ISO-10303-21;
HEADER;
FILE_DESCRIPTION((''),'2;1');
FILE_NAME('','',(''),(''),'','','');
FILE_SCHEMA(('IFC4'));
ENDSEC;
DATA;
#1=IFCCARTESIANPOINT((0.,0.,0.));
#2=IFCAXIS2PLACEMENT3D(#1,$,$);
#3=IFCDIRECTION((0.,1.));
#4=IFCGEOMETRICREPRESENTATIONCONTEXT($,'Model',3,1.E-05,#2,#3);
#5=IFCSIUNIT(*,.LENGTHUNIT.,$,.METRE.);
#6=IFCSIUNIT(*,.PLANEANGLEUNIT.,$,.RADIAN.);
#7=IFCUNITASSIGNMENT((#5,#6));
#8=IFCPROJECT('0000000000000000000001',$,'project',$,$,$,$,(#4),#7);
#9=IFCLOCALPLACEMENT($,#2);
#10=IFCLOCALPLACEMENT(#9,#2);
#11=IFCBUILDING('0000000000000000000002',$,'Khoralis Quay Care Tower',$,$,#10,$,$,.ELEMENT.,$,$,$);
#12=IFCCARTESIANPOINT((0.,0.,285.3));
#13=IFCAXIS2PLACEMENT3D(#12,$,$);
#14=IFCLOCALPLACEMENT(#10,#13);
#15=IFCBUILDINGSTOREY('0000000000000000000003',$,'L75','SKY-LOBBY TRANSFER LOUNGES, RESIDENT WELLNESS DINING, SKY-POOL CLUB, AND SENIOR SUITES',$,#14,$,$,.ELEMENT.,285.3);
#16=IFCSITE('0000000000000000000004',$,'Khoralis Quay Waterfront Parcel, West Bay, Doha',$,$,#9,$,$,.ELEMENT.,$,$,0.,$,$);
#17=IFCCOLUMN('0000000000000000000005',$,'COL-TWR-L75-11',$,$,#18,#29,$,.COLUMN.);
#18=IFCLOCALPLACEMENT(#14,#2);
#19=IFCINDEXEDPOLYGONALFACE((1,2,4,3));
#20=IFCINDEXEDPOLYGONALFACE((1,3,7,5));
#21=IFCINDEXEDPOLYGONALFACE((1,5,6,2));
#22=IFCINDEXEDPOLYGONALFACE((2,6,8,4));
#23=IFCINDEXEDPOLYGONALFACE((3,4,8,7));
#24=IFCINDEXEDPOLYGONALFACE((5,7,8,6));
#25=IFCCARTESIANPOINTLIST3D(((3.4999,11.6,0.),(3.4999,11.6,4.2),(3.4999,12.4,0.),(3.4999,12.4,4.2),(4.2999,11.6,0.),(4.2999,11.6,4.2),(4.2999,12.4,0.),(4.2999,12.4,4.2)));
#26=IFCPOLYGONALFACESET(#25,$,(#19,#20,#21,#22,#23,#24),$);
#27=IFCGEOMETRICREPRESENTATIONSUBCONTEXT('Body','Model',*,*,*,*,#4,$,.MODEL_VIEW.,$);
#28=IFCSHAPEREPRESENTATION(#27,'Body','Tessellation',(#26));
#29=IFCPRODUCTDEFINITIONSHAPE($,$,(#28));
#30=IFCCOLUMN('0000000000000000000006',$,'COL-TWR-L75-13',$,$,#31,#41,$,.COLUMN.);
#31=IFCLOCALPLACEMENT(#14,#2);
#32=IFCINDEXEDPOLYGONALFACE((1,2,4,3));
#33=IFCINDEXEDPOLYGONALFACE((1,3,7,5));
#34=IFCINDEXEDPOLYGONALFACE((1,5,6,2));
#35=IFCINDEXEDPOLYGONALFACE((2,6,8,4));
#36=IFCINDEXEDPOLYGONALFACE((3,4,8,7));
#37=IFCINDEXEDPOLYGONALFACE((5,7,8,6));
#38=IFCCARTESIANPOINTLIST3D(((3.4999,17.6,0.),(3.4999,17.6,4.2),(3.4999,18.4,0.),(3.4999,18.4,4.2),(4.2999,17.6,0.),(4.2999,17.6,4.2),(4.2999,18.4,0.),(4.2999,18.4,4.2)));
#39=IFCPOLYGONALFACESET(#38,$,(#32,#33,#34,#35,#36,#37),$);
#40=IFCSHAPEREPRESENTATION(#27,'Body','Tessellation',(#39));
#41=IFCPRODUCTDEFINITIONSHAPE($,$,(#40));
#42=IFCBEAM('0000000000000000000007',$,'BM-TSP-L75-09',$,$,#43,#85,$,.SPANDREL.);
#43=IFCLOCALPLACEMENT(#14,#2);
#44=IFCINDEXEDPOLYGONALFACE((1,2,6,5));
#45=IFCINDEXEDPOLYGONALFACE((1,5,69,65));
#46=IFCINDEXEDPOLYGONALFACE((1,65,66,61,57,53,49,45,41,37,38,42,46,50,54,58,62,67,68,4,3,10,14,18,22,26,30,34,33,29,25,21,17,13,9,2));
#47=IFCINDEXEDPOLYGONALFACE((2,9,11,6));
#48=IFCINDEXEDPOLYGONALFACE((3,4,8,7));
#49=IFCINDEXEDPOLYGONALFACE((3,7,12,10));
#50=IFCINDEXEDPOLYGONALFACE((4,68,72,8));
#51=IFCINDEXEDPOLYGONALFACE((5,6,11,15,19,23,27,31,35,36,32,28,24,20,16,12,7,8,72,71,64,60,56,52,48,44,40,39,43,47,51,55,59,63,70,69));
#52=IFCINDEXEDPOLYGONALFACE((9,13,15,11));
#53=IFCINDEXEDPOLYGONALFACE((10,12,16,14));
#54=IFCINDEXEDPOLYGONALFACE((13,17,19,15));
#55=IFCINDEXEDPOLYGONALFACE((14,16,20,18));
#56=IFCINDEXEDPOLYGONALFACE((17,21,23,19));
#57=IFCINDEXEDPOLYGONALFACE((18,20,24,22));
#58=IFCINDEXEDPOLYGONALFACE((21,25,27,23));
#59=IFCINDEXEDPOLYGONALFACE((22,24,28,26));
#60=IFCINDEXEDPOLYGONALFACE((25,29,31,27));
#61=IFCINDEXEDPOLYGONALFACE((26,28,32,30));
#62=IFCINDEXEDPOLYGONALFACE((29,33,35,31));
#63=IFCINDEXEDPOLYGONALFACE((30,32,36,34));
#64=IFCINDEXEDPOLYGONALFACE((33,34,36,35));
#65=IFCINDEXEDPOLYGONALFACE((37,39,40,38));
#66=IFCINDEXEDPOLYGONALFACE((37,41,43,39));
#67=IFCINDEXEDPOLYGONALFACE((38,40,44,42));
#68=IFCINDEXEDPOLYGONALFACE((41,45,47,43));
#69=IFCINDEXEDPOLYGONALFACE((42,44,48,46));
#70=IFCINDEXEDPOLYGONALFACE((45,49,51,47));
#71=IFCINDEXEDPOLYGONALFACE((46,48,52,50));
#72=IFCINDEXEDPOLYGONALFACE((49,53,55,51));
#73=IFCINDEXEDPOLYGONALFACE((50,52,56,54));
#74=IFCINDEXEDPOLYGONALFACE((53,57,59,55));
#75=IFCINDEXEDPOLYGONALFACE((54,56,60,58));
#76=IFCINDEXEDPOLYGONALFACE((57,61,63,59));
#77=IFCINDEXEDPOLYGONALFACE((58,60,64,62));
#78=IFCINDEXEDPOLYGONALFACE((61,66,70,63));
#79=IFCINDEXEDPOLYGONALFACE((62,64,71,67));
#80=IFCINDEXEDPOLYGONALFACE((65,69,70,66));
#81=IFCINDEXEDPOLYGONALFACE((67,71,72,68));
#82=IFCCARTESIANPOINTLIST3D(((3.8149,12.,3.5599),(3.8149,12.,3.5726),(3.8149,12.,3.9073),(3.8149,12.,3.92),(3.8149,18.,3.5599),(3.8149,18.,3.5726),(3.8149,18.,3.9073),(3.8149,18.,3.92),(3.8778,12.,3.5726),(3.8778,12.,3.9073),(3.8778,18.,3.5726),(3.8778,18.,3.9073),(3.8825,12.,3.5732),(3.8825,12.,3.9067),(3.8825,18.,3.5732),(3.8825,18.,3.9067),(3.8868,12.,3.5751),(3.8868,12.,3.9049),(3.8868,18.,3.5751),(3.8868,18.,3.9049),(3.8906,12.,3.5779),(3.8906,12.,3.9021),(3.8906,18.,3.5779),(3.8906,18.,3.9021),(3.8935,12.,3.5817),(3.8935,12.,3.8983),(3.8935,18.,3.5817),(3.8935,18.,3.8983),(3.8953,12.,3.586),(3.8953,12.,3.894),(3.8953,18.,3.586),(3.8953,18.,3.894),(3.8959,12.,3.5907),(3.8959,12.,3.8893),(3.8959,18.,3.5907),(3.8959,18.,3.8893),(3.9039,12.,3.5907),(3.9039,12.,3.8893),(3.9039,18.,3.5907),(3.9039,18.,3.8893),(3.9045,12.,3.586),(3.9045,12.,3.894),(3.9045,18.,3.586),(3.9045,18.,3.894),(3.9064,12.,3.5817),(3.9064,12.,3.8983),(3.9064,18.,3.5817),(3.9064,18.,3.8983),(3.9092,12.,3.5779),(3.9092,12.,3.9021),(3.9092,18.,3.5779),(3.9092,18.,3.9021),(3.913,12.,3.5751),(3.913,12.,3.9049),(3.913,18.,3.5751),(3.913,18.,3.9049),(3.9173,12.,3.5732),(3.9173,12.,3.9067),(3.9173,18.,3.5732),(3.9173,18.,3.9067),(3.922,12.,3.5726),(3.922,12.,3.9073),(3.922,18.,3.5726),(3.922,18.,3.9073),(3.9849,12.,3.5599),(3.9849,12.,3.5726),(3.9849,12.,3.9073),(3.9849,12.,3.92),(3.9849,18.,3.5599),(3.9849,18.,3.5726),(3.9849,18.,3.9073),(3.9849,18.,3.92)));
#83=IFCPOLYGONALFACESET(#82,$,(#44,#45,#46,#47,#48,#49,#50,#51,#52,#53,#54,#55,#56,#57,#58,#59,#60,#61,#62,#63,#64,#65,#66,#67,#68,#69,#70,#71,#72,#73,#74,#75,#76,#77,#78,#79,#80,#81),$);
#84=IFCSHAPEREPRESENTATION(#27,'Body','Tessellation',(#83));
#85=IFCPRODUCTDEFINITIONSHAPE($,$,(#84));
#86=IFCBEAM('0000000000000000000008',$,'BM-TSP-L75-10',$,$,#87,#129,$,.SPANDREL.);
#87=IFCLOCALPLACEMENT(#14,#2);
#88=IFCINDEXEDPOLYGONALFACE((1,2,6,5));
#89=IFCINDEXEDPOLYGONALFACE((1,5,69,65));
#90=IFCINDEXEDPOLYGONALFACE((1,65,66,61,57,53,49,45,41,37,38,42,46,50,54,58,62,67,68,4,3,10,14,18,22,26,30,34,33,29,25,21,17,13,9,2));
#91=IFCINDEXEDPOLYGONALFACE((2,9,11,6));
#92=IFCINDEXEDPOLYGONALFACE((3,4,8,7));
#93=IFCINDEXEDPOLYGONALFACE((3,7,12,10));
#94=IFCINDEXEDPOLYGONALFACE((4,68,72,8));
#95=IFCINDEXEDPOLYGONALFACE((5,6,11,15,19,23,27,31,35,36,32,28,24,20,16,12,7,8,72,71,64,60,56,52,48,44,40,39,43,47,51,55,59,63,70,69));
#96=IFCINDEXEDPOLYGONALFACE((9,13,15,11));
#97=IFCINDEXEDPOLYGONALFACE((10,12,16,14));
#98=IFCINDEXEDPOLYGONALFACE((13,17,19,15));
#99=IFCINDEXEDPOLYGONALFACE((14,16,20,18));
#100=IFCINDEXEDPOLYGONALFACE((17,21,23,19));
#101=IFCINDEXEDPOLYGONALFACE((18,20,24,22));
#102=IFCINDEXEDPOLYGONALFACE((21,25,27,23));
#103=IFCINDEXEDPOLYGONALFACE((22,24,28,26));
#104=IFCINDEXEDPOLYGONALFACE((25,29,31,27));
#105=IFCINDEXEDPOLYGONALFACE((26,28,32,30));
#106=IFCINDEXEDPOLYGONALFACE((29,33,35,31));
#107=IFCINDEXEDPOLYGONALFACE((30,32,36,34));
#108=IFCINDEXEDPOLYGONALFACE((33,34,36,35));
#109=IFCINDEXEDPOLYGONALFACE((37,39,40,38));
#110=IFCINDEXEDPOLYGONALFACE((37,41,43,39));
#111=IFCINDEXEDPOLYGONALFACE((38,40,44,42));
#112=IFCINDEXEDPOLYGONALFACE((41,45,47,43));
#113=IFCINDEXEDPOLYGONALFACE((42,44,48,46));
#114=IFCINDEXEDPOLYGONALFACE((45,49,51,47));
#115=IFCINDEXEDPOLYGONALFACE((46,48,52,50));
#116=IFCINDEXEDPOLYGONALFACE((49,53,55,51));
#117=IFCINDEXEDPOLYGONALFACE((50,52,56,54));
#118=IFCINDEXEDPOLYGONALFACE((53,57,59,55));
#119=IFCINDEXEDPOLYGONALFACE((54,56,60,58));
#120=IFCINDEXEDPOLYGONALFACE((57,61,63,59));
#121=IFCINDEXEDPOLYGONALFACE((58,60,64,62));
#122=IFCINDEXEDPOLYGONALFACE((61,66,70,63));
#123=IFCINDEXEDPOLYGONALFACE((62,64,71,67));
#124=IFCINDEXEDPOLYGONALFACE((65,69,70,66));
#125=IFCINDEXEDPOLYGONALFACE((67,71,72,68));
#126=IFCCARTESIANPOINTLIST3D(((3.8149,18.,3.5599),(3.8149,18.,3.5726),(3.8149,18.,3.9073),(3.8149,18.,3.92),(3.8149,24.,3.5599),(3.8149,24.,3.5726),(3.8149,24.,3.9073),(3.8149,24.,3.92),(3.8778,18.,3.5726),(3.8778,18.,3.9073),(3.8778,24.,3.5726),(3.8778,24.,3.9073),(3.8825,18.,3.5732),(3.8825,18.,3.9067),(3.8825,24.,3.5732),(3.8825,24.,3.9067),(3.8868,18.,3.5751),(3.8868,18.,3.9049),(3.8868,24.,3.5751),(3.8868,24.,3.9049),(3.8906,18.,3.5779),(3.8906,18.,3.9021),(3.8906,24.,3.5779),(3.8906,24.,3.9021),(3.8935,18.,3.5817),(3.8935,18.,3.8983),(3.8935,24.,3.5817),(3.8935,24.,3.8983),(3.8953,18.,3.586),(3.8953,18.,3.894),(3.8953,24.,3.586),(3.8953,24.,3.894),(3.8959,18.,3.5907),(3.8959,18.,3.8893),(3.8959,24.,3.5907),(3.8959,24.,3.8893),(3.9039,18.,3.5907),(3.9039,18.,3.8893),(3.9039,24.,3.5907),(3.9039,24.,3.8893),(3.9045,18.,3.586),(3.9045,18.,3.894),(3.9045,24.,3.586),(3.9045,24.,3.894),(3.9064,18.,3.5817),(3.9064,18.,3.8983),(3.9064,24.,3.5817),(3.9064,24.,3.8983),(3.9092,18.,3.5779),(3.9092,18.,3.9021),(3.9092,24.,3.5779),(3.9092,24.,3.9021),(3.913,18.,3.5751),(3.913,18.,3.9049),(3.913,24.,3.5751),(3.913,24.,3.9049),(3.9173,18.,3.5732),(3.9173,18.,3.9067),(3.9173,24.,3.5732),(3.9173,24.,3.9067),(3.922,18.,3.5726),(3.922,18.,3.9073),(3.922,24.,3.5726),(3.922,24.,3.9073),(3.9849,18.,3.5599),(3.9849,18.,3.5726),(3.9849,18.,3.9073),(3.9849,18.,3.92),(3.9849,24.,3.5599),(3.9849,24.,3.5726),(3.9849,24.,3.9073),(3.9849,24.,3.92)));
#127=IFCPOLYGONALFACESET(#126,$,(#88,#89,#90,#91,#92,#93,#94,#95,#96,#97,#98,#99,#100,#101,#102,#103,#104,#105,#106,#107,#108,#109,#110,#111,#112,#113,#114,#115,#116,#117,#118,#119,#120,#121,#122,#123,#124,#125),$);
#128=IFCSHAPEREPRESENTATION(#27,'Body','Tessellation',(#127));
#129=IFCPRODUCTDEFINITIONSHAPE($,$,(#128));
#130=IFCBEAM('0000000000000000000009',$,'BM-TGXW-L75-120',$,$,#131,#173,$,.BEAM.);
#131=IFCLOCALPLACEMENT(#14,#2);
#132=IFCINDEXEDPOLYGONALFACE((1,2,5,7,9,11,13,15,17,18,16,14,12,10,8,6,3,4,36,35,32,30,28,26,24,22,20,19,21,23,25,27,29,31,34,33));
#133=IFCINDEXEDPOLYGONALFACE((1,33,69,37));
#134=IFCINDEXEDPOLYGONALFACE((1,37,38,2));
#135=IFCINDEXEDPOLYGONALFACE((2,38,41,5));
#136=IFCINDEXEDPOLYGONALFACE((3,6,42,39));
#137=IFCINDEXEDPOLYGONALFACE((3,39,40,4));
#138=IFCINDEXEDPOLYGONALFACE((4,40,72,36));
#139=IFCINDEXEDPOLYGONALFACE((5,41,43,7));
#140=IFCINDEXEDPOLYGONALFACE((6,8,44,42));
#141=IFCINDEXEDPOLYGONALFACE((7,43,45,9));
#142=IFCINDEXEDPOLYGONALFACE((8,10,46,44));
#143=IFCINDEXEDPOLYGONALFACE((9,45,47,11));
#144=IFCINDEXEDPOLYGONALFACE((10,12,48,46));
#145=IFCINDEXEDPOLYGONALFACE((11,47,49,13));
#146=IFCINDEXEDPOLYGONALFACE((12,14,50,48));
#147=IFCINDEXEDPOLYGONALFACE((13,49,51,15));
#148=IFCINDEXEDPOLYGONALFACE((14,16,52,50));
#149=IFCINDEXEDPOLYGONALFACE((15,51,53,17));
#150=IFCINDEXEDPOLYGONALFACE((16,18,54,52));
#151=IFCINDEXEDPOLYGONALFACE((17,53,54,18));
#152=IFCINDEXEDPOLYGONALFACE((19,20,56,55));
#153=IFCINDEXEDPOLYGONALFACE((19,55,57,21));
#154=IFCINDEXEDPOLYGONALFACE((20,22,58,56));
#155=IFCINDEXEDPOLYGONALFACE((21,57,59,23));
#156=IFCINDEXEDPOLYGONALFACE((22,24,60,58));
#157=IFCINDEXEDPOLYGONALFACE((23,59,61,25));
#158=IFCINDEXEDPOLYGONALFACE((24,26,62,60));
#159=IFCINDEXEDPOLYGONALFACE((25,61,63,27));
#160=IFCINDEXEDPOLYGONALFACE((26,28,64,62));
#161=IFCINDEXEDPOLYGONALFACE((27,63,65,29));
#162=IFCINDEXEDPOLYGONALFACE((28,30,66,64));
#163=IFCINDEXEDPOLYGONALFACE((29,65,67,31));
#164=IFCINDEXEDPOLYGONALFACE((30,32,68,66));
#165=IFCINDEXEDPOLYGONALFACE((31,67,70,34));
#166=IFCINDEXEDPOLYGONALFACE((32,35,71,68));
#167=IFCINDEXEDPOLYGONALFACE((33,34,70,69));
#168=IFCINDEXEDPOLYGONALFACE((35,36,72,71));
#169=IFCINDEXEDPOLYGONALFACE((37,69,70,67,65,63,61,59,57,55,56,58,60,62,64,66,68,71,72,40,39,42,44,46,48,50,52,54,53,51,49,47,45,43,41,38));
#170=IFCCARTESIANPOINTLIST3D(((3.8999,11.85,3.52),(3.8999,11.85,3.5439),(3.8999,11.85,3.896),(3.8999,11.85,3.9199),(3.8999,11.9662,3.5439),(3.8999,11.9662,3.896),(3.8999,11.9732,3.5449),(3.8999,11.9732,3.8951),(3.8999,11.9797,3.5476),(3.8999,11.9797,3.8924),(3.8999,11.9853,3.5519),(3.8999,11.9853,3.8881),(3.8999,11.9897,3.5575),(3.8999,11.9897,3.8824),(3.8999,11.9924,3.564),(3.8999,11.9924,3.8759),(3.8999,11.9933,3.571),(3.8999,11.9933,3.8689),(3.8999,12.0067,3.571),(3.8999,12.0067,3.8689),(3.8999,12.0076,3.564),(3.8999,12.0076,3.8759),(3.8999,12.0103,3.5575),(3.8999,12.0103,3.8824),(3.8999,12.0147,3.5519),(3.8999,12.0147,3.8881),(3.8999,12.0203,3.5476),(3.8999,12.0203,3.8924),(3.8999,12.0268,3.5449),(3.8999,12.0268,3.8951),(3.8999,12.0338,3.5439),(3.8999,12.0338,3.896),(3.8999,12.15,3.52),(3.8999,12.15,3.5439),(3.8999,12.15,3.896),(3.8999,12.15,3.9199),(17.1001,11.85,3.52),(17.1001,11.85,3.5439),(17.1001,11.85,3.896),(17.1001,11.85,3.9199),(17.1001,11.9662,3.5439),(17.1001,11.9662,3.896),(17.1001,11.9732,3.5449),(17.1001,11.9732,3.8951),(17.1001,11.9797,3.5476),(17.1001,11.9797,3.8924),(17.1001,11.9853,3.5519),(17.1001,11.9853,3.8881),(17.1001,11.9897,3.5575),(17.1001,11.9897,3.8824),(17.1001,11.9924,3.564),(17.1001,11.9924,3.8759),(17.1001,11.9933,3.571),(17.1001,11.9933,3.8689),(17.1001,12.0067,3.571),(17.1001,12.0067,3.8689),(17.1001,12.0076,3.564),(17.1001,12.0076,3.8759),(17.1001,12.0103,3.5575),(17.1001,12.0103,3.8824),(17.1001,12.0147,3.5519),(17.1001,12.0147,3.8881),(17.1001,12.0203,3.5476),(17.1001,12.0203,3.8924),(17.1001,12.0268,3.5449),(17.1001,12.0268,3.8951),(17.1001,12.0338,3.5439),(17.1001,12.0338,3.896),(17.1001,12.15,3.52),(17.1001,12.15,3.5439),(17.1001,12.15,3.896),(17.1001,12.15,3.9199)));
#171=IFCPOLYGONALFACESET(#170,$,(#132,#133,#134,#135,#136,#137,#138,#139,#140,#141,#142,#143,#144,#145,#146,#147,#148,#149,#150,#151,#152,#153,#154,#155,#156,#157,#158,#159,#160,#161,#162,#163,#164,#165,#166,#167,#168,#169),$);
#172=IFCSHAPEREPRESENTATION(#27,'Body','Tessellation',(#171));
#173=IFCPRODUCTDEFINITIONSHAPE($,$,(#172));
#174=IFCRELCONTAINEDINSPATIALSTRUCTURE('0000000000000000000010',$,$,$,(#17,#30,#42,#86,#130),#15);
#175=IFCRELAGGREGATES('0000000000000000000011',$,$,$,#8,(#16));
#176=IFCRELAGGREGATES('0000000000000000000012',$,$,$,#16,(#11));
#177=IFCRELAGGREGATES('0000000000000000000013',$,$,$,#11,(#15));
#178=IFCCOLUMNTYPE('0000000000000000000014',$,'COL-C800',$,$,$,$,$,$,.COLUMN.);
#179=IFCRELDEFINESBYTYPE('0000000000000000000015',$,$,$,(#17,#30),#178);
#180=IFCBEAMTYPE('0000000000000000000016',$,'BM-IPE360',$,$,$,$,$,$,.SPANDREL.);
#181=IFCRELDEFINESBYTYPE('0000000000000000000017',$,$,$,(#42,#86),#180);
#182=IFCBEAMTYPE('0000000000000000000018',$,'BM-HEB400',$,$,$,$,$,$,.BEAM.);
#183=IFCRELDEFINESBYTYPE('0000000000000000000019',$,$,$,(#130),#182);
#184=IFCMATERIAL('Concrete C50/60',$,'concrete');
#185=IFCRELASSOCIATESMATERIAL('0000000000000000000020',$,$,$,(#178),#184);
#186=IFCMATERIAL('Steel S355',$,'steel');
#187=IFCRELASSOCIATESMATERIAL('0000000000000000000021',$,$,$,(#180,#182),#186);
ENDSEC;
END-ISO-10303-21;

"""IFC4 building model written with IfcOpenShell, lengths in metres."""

from ifc_helpers import new_model, si_unit, direction, frame, origin, origin_2d, place, context, subcontext, project, spatial, rectangle, i_section, extrude, source, transform, mapped, material, material_profile, profile_set, type_object, element, save


model = new_model("IFC4")

# Units and contexts
model_context = context("Model", 3, precision=1e-05, world=origin(), true_north=direction((0.0, 1.0)))
body_context = subcontext(model_context, "Body", "Model", "MODEL_VIEW")
ifc_project = project(units=[si_unit("LENGTHUNIT", "METRE"), si_unit("PLANEANGLEUNIT", "RADIAN")], contexts=[model_context])

# Site, building, storey
site_placement = place(None, origin())
site = spatial("IfcSite", under=ifc_project, at=site_placement, Name="Khoralis Quay Waterfront Parcel, West Bay, Doha", CompositionType="ELEMENT", RefElevation=0.0)
building_placement = place(site_placement, origin())
building = spatial("IfcBuilding", under=site, at=building_placement, Name="Khoralis Quay Care Tower", CompositionType="ELEMENT")
storey_placement = place(building_placement, frame((0.0, 0.0, 285.3)))
storey = spatial("IfcBuildingStorey", under=building, at=storey_placement, Name="L75", Description="SKY-LOBBY TRANSFER LOUNGES, RESIDENT WELLNESS DINING, SKY-POOL CLUB, AND SENIOR SUITES", CompositionType="ELEMENT", Elevation=285.3)

# Columns
ifc_material_1 = material(Name="Concrete C50/60", Category="concrete")
ifc_material_profile_1 = material_profile(ifc_material_1, rectangle(XDim=0.8, YDim=0.8, at=origin_2d()), Name="Concrete C50/60")
ifc_profile_set_1 = profile_set([ifc_material_profile_1], Name="Concrete C50/60")
column_type = type_object("IfcColumnType", Name="COL-C800", PredefinedType="COLUMN", material=ifc_profile_set_1)
shared_shape_1 = source(origin(), body_context, "Body", "SweptSolid", [
    extrude(rectangle(XDim=0.8, YDim=0.8, at=origin_2d()), origin(), (0.0, 0.0, 1.0), 4.2),
])
for number, where, z_axis, x_axis, name in (
    (1, (3.8999, 12.0, 0.0), (0.0, 0.0, 1.0), (1.0, 0.0, 0.0), "COL-TWR-L75-11"),
    (2, (3.8999, 18.0, 0.0), (0.0, 0.0, 1.0), (1.0, 0.0, 0.0), "COL-TWR-L75-13"),
):
    element("IfcColumn", number, at=place(storey_placement, frame(where, z_axis=z_axis, x_axis=x_axis)), inside=storey, type_object=column_type, Name=name, PredefinedType="COLUMN", context=body_context, shape_type="MappedRepresentation", body=[
        mapped(shared_shape_1, transform((0.0, 0.0, 0.0), scale=1.0)),
    ])

# Beams
ifc_material_2 = material(Name="Steel S355", Category="steel")
ifc_material_profile_2 = material_profile(ifc_material_2, i_section(OverallWidth=0.1699, OverallDepth=0.3601, WebThickness=0.0081, FlangeThickness=0.0127, FilletRadius=0.0181, at=origin_2d()), Name="Steel S355")
ifc_profile_set_2 = profile_set([ifc_material_profile_2], Name="Steel S355")
beam_type_1 = type_object("IfcBeamType", Name="BM-IPE360", PredefinedType="SPANDREL", material=ifc_profile_set_2)
shared_shape_2 = source(origin(), body_context, "Body", "SweptSolid", [
    extrude(i_section(OverallWidth=0.1699, OverallDepth=0.3601, WebThickness=0.0081, FlangeThickness=0.0127, FilletRadius=0.0181, at=origin_2d()), origin(), (0.0, 0.0, 1.0), 6.0),
])
for number, where, z_axis, x_axis, name in (
    (3, (3.8999, 12.0, 3.74), (0.0, 1.0, 0.0), (-1.0, 0.0, 0.0), "BM-TSP-L75-09"),
    (4, (3.8999, 18.0, 3.74), (0.0, 1.0, 0.0), (-1.0, 0.0, 0.0), "BM-TSP-L75-10"),
):
    element("IfcBeam", number, at=place(storey_placement, frame(where, z_axis=z_axis, x_axis=x_axis)), inside=storey, type_object=beam_type_1, Name=name, PredefinedType="SPANDREL", context=body_context, shape_type="MappedRepresentation", body=[
        mapped(shared_shape_2, transform((0.0, 0.0, 0.0), scale=1.0)),
    ])
ifc_material_profile_3 = material_profile(ifc_material_2, i_section(OverallWidth=0.3, OverallDepth=0.3999, WebThickness=0.0134, FlangeThickness=0.0239, FilletRadius=0.0271, at=origin_2d()), Name="Steel S355")
ifc_profile_set_3 = profile_set([ifc_material_profile_3], Name="Steel S355")
beam_type_2 = type_object("IfcBeamType", Name="BM-HEB400", PredefinedType="BEAM", material=ifc_profile_set_3)
shared_shape_3 = source(origin(), body_context, "Body", "SweptSolid", [
    extrude(i_section(OverallWidth=0.3, OverallDepth=0.3999, WebThickness=0.0134, FlangeThickness=0.0239, FilletRadius=0.0271, at=origin_2d()), origin(), (0.0, 0.0, 1.0), 13.2002),
])
beam_1_placement = place(storey_placement, frame((3.8999, 12.0, 3.72), z_axis=(1.0, 0.0, 0.0), x_axis=(0.0, 1.0, 0.0)))
element("IfcBeam", 5, at=beam_1_placement, inside=storey, type_object=beam_type_2, Name="BM-TGXW-L75-120", PredefinedType="BEAM", context=body_context, shape_type="MappedRepresentation", body=[
    mapped(shared_shape_3, transform((0.0, 0.0, 0.0), scale=1.0)),
])

save(model, "model.ifc")
